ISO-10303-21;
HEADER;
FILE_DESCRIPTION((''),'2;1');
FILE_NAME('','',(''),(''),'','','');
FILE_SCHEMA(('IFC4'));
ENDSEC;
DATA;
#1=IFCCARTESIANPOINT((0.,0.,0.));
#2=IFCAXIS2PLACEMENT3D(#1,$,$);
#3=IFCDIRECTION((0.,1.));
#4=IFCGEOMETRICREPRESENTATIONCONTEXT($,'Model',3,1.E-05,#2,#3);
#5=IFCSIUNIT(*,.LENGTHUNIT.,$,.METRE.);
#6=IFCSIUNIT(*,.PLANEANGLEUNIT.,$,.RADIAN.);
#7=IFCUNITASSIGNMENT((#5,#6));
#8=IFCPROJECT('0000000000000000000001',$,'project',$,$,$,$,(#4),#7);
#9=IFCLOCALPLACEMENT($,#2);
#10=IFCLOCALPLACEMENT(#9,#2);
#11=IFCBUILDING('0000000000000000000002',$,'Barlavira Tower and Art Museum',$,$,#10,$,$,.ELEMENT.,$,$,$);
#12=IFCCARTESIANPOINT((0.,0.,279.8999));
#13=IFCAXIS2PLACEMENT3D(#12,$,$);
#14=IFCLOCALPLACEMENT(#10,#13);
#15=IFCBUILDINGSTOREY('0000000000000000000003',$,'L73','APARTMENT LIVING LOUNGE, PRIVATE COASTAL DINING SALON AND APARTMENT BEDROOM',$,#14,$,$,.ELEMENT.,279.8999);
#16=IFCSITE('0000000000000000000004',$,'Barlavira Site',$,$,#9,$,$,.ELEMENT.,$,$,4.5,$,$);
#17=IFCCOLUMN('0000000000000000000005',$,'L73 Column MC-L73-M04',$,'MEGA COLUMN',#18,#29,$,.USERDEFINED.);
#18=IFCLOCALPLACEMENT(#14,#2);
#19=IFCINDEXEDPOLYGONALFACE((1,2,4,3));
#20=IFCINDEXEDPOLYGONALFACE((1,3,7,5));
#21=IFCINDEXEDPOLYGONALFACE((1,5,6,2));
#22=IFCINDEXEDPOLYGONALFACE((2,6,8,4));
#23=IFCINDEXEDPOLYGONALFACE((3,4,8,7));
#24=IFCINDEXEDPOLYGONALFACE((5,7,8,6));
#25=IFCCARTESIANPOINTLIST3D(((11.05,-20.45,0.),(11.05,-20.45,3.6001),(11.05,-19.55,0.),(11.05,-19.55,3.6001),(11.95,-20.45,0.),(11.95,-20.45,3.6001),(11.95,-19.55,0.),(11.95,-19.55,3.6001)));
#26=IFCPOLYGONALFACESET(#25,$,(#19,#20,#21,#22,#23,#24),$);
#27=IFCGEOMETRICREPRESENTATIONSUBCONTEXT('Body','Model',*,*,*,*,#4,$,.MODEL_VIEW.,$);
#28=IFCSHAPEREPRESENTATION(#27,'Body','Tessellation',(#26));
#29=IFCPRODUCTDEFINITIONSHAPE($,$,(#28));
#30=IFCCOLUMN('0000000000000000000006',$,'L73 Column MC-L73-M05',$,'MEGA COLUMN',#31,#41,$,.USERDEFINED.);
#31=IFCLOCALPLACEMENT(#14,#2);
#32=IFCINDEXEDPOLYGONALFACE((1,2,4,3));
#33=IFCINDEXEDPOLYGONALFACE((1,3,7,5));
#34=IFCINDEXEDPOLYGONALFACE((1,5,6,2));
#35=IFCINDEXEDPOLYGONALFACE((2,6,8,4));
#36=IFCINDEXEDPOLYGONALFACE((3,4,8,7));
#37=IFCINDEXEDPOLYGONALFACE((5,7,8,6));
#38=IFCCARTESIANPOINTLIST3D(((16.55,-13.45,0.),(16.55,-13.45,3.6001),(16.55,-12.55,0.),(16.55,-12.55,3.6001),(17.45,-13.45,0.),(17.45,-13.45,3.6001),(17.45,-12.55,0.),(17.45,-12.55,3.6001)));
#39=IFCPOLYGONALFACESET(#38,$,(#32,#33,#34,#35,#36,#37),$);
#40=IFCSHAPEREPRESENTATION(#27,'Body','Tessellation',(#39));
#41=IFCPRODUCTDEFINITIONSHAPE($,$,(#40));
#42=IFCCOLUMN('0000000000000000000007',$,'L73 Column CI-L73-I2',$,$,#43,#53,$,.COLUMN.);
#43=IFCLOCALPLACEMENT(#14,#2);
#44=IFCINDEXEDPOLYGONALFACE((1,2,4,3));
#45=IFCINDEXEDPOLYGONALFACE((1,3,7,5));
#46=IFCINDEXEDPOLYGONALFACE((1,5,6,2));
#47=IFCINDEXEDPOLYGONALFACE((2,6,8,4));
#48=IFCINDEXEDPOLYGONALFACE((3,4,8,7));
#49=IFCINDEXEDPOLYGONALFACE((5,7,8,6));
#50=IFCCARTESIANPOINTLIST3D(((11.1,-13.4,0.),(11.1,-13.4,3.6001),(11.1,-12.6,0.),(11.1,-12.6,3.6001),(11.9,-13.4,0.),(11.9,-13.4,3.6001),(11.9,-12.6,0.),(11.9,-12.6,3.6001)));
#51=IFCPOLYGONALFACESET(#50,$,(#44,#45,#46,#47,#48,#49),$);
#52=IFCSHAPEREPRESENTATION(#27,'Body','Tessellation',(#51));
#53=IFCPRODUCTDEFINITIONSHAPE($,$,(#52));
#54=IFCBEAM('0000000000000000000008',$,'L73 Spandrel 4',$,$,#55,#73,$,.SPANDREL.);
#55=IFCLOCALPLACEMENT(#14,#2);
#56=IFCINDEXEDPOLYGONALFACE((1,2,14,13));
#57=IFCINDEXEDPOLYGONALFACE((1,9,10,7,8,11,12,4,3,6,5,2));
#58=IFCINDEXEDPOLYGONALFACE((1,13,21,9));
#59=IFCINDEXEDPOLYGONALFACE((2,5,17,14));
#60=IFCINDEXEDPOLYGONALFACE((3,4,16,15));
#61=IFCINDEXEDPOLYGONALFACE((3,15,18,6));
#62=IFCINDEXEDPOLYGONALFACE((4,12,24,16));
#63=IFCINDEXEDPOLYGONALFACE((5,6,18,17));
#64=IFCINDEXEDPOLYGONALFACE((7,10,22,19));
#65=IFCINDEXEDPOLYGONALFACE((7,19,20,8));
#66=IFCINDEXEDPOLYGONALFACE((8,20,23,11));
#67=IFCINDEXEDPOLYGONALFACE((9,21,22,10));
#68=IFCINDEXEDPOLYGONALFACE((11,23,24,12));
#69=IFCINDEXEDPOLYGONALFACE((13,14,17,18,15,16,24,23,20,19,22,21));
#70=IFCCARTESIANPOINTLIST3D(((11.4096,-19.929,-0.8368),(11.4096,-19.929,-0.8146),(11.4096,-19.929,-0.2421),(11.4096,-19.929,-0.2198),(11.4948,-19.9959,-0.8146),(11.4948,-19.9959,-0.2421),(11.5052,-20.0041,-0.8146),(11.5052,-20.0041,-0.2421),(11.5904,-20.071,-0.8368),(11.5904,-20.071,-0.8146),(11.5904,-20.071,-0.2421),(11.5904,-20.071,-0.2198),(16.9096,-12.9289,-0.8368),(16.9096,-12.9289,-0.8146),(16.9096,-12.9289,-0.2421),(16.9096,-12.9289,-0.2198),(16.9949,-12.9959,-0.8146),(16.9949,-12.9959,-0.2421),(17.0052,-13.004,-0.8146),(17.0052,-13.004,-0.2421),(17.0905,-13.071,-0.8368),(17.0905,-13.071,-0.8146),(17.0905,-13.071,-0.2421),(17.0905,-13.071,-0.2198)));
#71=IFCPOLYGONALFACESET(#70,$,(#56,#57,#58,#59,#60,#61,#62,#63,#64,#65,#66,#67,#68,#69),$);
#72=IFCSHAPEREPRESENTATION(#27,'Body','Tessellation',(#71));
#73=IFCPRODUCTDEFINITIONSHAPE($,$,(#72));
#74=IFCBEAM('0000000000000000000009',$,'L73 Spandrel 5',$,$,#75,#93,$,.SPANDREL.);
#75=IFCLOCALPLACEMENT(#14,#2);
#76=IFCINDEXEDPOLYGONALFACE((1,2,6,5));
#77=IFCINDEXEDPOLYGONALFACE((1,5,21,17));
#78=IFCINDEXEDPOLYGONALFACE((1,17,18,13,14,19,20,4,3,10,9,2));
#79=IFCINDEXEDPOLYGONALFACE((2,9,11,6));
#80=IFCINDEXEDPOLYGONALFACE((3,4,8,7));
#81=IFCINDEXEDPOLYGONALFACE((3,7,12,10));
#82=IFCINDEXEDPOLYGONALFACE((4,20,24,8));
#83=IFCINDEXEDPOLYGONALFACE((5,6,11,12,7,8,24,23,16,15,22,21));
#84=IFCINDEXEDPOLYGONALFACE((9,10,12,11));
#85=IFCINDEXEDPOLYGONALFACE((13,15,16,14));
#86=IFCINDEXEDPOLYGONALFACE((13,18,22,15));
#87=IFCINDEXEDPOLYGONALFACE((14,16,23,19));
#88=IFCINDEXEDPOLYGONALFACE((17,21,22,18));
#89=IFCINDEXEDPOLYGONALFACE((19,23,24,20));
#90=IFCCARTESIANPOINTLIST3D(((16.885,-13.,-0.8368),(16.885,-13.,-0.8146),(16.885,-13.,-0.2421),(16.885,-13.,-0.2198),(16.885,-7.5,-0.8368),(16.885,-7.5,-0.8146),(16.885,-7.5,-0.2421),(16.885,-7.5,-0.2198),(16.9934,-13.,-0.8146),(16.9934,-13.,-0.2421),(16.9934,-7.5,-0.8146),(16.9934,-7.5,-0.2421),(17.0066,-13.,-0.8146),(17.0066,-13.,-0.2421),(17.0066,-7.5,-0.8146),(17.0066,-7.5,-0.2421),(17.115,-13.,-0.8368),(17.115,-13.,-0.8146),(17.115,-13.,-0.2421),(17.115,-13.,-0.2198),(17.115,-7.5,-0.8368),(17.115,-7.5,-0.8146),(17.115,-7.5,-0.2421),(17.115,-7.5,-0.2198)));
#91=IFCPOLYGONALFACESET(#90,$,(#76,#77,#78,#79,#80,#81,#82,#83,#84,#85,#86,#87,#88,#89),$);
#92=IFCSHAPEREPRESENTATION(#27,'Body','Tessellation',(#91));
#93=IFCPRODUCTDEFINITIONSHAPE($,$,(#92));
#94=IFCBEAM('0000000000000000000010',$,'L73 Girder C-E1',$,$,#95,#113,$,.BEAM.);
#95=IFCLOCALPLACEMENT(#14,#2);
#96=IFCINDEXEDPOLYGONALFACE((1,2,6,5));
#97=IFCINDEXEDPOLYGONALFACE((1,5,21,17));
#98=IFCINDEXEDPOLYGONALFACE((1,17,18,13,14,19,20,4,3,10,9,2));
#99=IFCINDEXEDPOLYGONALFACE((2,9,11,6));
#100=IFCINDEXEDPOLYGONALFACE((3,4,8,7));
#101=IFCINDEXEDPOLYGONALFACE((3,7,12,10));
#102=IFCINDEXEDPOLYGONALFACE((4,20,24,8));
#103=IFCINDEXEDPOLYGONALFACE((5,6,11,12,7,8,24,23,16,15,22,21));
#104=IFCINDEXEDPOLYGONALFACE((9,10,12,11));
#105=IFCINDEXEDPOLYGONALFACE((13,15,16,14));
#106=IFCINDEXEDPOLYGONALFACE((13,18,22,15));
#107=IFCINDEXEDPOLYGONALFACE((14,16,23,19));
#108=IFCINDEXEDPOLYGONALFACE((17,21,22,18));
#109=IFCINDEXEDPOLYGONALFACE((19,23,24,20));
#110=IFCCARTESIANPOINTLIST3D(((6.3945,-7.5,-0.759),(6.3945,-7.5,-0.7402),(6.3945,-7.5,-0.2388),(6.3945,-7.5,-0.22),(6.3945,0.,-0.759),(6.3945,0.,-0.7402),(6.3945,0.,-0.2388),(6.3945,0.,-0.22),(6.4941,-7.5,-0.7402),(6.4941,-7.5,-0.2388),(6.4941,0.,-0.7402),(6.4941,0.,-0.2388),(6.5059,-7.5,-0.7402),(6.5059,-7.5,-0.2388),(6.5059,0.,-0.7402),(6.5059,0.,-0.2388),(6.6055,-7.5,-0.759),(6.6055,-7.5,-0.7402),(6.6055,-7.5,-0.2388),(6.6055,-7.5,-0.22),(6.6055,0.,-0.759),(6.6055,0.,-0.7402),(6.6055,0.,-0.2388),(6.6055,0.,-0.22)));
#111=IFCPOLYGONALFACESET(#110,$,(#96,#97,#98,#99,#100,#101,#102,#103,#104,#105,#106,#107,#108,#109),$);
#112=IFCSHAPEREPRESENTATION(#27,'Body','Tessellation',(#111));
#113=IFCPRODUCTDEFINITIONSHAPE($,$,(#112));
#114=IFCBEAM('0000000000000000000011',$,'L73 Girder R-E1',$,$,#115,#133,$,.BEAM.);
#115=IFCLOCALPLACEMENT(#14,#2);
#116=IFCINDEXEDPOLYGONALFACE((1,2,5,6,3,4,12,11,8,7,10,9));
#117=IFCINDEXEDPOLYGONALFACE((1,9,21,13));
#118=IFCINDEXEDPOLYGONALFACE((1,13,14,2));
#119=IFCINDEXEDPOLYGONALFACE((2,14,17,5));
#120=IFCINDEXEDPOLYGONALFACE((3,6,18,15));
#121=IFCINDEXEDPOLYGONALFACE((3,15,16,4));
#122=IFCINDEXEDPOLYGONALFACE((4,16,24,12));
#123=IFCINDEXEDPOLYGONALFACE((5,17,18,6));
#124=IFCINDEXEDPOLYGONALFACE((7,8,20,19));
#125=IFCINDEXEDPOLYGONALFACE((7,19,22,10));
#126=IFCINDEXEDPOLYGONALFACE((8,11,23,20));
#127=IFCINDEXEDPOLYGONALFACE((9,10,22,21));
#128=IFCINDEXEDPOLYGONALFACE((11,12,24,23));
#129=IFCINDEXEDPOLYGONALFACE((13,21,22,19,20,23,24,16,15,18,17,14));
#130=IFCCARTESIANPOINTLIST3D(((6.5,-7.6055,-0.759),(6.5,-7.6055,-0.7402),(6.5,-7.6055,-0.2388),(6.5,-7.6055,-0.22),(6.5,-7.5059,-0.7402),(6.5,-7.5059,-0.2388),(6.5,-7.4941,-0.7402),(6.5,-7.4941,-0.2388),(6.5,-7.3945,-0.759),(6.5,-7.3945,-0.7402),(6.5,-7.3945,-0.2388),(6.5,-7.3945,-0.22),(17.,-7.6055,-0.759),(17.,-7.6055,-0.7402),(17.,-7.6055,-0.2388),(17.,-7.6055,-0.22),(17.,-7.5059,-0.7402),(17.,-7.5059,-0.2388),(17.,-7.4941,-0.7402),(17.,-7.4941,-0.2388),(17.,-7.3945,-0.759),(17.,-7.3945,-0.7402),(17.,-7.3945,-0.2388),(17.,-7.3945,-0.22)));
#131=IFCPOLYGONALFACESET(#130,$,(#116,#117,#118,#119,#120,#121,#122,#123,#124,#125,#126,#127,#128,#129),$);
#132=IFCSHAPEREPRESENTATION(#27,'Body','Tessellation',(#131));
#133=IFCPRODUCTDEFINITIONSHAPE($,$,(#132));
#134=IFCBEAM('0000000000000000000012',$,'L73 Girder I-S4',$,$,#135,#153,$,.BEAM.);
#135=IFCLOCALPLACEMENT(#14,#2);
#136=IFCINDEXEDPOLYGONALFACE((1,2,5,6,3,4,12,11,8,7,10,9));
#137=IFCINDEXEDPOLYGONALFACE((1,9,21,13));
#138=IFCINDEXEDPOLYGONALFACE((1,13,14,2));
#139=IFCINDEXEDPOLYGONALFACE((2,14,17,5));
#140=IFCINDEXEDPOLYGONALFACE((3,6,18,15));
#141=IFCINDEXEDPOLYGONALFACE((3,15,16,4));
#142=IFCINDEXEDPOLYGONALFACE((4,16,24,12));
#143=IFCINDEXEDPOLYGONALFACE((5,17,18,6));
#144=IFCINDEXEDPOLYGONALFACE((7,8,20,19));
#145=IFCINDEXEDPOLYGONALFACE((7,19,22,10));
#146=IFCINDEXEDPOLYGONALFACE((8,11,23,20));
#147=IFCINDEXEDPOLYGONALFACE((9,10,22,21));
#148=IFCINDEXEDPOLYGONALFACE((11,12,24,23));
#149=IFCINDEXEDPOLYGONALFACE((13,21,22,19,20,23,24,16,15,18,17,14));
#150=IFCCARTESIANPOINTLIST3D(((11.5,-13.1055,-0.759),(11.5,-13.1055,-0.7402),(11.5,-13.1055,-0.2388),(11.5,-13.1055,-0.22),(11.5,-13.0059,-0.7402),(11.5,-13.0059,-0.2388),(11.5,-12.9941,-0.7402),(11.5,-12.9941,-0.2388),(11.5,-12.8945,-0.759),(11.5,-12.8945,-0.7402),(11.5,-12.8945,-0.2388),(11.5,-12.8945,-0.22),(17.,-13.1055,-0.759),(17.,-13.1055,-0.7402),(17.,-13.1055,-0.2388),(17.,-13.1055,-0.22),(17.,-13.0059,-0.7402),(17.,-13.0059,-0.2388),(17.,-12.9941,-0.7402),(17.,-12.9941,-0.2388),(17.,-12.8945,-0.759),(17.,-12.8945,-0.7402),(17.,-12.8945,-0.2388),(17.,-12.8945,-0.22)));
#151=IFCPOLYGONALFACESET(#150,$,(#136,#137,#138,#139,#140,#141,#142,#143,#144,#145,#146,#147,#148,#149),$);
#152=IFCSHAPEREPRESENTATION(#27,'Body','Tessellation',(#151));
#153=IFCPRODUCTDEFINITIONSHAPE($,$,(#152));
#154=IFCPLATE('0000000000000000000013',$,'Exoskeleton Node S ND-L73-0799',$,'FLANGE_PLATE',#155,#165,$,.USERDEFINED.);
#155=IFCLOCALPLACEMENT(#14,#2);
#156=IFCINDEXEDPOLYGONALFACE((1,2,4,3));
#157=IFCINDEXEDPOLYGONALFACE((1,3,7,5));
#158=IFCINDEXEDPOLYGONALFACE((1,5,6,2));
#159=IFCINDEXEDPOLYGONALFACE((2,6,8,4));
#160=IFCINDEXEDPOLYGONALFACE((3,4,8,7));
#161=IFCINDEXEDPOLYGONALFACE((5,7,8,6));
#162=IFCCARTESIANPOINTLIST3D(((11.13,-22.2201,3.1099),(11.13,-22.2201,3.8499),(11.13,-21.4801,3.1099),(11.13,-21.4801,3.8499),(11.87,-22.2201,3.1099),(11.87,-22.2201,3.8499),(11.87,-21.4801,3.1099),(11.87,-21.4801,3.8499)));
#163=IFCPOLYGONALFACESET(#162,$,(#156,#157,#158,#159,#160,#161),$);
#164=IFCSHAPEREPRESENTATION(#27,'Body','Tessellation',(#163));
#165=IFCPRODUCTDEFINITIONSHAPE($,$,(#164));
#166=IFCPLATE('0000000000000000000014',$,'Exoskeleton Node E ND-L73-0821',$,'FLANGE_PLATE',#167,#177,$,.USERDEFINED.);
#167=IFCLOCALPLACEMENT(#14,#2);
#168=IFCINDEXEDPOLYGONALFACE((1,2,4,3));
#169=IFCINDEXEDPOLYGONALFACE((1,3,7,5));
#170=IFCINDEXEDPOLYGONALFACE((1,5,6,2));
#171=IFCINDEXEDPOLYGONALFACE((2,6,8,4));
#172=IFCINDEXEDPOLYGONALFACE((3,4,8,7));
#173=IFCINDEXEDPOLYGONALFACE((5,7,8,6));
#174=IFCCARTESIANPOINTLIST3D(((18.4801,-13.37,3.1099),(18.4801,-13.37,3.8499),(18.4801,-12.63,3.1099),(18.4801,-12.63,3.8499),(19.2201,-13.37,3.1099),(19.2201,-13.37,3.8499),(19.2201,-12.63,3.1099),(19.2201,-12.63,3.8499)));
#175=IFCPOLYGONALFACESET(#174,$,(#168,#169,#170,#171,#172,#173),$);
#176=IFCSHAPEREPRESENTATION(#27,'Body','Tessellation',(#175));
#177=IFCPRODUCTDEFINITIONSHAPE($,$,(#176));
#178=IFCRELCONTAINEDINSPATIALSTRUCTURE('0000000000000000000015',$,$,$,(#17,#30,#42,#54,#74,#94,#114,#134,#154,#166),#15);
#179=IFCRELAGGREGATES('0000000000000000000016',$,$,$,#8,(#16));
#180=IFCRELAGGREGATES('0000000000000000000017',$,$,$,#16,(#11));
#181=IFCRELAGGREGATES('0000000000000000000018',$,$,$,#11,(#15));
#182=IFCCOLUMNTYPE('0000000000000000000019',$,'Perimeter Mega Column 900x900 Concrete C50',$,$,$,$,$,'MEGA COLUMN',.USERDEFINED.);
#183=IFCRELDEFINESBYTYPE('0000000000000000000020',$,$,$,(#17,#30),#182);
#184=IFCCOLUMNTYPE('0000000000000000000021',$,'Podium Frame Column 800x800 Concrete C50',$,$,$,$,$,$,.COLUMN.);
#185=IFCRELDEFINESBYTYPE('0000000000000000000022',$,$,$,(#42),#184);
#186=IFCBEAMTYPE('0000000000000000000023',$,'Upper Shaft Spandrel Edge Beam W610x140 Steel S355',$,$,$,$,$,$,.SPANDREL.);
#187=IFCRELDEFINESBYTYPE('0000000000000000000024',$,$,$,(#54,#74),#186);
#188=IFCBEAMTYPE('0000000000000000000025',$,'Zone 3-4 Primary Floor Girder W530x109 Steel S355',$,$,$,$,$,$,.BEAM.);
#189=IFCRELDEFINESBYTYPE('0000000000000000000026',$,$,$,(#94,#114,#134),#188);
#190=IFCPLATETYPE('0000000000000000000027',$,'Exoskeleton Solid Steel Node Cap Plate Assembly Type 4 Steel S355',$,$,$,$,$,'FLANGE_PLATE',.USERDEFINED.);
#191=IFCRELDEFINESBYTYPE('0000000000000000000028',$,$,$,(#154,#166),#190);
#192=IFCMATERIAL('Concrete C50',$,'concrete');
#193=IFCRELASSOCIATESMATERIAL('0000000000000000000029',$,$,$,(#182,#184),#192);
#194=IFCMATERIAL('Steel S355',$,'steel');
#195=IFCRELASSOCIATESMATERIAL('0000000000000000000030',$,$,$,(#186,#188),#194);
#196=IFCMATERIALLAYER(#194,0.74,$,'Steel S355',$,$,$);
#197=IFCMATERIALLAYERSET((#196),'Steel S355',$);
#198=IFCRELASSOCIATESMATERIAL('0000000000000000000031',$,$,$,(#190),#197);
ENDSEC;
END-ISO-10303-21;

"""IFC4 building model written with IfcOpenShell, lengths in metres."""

from ifc_helpers import new_model, si_unit, direction, frame, origin, origin_2d, place, context, subcontext, project, spatial, rectangle, i_section, extrude, material, layer, layer_set, material_profile, profile_set, type_object, element, save


model = new_model("IFC4")

# Units and contexts
model_context = context("Model", 3, precision=1e-05, world=origin(), true_north=direction((0.0, 1.0)))
body_context = subcontext(model_context, "Body", "Model", "MODEL_VIEW")
ifc_project = project(units=[si_unit("LENGTHUNIT", "METRE"), si_unit("PLANEANGLEUNIT", "RADIAN")], contexts=[model_context])

# Site, building, storey
site_placement = place(None, origin())
site = spatial("IfcSite", under=ifc_project, at=site_placement, Name="Barlavira Site", CompositionType="ELEMENT", RefElevation=4.5)
building_placement = place(site_placement, origin())
building = spatial("IfcBuilding", under=site, at=building_placement, Name="Barlavira Tower and Art Museum", CompositionType="ELEMENT")
storey_placement = place(building_placement, frame((0.0, 0.0, 279.8999)))
storey = spatial("IfcBuildingStorey", under=building, at=storey_placement, Name="L73", Description="APARTMENT LIVING LOUNGE, PRIVATE COASTAL DINING SALON AND APARTMENT BEDROOM", CompositionType="ELEMENT", Elevation=279.8999)

# Columns
ifc_material_1 = material(Name="Concrete C50", Category="concrete")
ifc_material_profile_1 = material_profile(ifc_material_1, rectangle(XDim=0.8999, YDim=0.8999, at=origin_2d()), Name="RC-COL 900x900")
ifc_profile_set_1 = profile_set([ifc_material_profile_1], Name="Concrete C50")
column_type_1 = type_object("IfcColumnType", Name="Perimeter Mega Column 900x900 Concrete C50", ElementType="MEGA COLUMN", PredefinedType="USERDEFINED", material=ifc_profile_set_1)
for number, where, z_axis, x_axis, name in (
    (1, (11.5, -20.0, 0.0), (0.0, 0.0, 1.0), (1.0, 0.0, 0.0), "L73 Column MC-L73-M04"),
    (2, (17.0, -13.0, 0.0), (0.0, 0.0, 1.0), (1.0, 0.0, 0.0), "L73 Column MC-L73-M05"),
):
    element("IfcColumn", number, at=place(storey_placement, frame(where, z_axis=z_axis, x_axis=x_axis)), inside=storey, type_object=column_type_1, Name=name, ObjectType="MEGA COLUMN", PredefinedType="USERDEFINED", context=body_context, shape_type="SweptSolid", body=[
        extrude(rectangle(XDim=0.8999, YDim=0.8999, at=origin_2d()), origin(), (0.0, 0.0, 1.0), 3.6001),
    ])
ifc_material_profile_2 = material_profile(ifc_material_1, rectangle(XDim=0.8, YDim=0.8, at=origin_2d()), Name="RC-COL 800x800")
ifc_profile_set_2 = profile_set([ifc_material_profile_2], Name="Concrete C50")
column_type_2 = type_object("IfcColumnType", Name="Podium Frame Column 800x800 Concrete C50", PredefinedType="COLUMN", material=ifc_profile_set_2)
column_placement = place(storey_placement, frame((11.5, -13.0, 0.0), z_axis=(0.0, 0.0, 1.0), x_axis=(1.0, 0.0, 0.0)))
element("IfcColumn", 3, at=column_placement, inside=storey, type_object=column_type_2, Name="L73 Column CI-L73-I2", PredefinedType="COLUMN", context=body_context, shape_type="SweptSolid", body=[
    extrude(rectangle(XDim=0.8, YDim=0.8, at=origin_2d()), origin(), (0.0, 0.0, 1.0), 3.6001),
])

# Beams
ifc_material_2 = material(Name="Steel S355", Category="steel")
ifc_material_profile_3 = material_profile(ifc_material_2, i_section(OverallWidth=0.23, OverallDepth=0.6169, WebThickness=0.0132, FlangeThickness=0.0222, at=origin_2d()), Name="W610x140.0")
ifc_profile_set_3 = profile_set([ifc_material_profile_3], Name="Steel S355")
beam_type_1 = type_object("IfcBeamType", Name="Upper Shaft Spandrel Edge Beam W610x140 Steel S355", PredefinedType="SPANDREL", material=ifc_profile_set_3)
beam_1_placement = place(storey_placement, frame((11.5, -20.0, -0.5283), z_axis=(0.617822, 0.786318, 0.0), x_axis=(-0.786318, 0.617822, 0.0)))
element("IfcBeam", 4, at=beam_1_placement, inside=storey, type_object=beam_type_1, Name="L73 Spandrel 4", PredefinedType="SPANDREL", context=body_context, shape_type="SweptSolid", body=[
    extrude(i_section(OverallWidth=0.23, OverallDepth=0.6169, WebThickness=0.0132, FlangeThickness=0.0222, at=origin_2d()), origin(), (0.0, 0.0, 1.0), 8.9023),
])
beam_2_placement = place(storey_placement, frame((17.0, -13.0, -0.5283), z_axis=(0.0, 1.0, 0.0), x_axis=(-1.0, 0.0, 0.0)))
element("IfcBeam", 5, at=beam_2_placement, inside=storey, type_object=beam_type_1, Name="L73 Spandrel 5", PredefinedType="SPANDREL", context=body_context, shape_type="SweptSolid", body=[
    extrude(i_section(OverallWidth=0.23, OverallDepth=0.6169, WebThickness=0.0132, FlangeThickness=0.0222, at=origin_2d()), origin(), (0.0, 0.0, 1.0), 5.5),
])
ifc_material_profile_4 = material_profile(ifc_material_2, i_section(OverallWidth=0.2109, OverallDepth=0.5391, WebThickness=0.0117, FlangeThickness=0.0188, at=origin_2d()), Name="W530x109.0")
ifc_profile_set_4 = profile_set([ifc_material_profile_4], Name="Steel S355")
beam_type_2 = type_object("IfcBeamType", Name="Zone 3-4 Primary Floor Girder W530x109 Steel S355", PredefinedType="BEAM", material=ifc_profile_set_4)
beam_3_placement = place(storey_placement, frame((6.5, -7.5, -0.4895), z_axis=(0.0, 1.0, 0.0), x_axis=(-1.0, 0.0, 0.0)))
element("IfcBeam", 6, at=beam_3_placement, inside=storey, type_object=beam_type_2, Name="L73 Girder C-E1", PredefinedType="BEAM", context=body_context, shape_type="SweptSolid", body=[
    extrude(i_section(OverallWidth=0.2109, OverallDepth=0.5391, WebThickness=0.0117, FlangeThickness=0.0188, at=origin_2d()), origin(), (0.0, 0.0, 1.0), 7.5),
])
beam_4_placement = place(storey_placement, frame((6.5, -7.5, -0.4895), z_axis=(1.0, 0.0, 0.0), x_axis=(0.0, 1.0, 0.0)))
element("IfcBeam", 7, at=beam_4_placement, inside=storey, type_object=beam_type_2, Name="L73 Girder R-E1", PredefinedType="BEAM", context=body_context, shape_type="SweptSolid", body=[
    extrude(i_section(OverallWidth=0.2109, OverallDepth=0.5391, WebThickness=0.0117, FlangeThickness=0.0188, at=origin_2d()), origin(), (0.0, 0.0, 1.0), 10.5),
])
beam_5_placement = place(storey_placement, frame((11.5, -13.0, -0.4895), z_axis=(1.0, 0.0, 0.0), x_axis=(0.0, 1.0, 0.0)))
element("IfcBeam", 8, at=beam_5_placement, inside=storey, type_object=beam_type_2, Name="L73 Girder I-S4", PredefinedType="BEAM", context=body_context, shape_type="SweptSolid", body=[
    extrude(i_section(OverallWidth=0.2109, OverallDepth=0.5391, WebThickness=0.0117, FlangeThickness=0.0188, at=origin_2d()), origin(), (0.0, 0.0, 1.0), 5.5),
])

# Plates
ifc_layer_1 = layer(ifc_material_2, 0.74, Name="Steel S355")
ifc_layer_set_1 = layer_set([ifc_layer_1], Name="Steel S355")
plate_type = type_object("IfcPlateType", Name="Exoskeleton Solid Steel Node Cap Plate Assembly Type 4 Steel S355", ElementType="FLANGE_PLATE", PredefinedType="USERDEFINED", material=ifc_layer_set_1)
for number, where, z_axis, x_axis, name in (
    (9, (11.5, -21.8501, 3.1099), (0.0, 0.0, 1.0), (1.0, 0.0, 0.0), "Exoskeleton Node S ND-L73-0799"),
    (10, (18.8501, -13.0, 3.1099), (0.0, 0.0, 1.0), (1.0, 0.0, 0.0), "Exoskeleton Node E ND-L73-0821"),
):
    element("IfcPlate", number, at=place(storey_placement, frame(where, z_axis=z_axis, x_axis=x_axis)), inside=storey, type_object=plate_type, Name=name, ObjectType="FLANGE_PLATE", PredefinedType="USERDEFINED", context=body_context, shape_type="SweptSolid", body=[
        extrude(rectangle(XDim=0.74, YDim=0.74, at=origin_2d()), origin(), (0.0, 0.0, 1.0), 0.74),
    ])

save(model, "model.ifc")
